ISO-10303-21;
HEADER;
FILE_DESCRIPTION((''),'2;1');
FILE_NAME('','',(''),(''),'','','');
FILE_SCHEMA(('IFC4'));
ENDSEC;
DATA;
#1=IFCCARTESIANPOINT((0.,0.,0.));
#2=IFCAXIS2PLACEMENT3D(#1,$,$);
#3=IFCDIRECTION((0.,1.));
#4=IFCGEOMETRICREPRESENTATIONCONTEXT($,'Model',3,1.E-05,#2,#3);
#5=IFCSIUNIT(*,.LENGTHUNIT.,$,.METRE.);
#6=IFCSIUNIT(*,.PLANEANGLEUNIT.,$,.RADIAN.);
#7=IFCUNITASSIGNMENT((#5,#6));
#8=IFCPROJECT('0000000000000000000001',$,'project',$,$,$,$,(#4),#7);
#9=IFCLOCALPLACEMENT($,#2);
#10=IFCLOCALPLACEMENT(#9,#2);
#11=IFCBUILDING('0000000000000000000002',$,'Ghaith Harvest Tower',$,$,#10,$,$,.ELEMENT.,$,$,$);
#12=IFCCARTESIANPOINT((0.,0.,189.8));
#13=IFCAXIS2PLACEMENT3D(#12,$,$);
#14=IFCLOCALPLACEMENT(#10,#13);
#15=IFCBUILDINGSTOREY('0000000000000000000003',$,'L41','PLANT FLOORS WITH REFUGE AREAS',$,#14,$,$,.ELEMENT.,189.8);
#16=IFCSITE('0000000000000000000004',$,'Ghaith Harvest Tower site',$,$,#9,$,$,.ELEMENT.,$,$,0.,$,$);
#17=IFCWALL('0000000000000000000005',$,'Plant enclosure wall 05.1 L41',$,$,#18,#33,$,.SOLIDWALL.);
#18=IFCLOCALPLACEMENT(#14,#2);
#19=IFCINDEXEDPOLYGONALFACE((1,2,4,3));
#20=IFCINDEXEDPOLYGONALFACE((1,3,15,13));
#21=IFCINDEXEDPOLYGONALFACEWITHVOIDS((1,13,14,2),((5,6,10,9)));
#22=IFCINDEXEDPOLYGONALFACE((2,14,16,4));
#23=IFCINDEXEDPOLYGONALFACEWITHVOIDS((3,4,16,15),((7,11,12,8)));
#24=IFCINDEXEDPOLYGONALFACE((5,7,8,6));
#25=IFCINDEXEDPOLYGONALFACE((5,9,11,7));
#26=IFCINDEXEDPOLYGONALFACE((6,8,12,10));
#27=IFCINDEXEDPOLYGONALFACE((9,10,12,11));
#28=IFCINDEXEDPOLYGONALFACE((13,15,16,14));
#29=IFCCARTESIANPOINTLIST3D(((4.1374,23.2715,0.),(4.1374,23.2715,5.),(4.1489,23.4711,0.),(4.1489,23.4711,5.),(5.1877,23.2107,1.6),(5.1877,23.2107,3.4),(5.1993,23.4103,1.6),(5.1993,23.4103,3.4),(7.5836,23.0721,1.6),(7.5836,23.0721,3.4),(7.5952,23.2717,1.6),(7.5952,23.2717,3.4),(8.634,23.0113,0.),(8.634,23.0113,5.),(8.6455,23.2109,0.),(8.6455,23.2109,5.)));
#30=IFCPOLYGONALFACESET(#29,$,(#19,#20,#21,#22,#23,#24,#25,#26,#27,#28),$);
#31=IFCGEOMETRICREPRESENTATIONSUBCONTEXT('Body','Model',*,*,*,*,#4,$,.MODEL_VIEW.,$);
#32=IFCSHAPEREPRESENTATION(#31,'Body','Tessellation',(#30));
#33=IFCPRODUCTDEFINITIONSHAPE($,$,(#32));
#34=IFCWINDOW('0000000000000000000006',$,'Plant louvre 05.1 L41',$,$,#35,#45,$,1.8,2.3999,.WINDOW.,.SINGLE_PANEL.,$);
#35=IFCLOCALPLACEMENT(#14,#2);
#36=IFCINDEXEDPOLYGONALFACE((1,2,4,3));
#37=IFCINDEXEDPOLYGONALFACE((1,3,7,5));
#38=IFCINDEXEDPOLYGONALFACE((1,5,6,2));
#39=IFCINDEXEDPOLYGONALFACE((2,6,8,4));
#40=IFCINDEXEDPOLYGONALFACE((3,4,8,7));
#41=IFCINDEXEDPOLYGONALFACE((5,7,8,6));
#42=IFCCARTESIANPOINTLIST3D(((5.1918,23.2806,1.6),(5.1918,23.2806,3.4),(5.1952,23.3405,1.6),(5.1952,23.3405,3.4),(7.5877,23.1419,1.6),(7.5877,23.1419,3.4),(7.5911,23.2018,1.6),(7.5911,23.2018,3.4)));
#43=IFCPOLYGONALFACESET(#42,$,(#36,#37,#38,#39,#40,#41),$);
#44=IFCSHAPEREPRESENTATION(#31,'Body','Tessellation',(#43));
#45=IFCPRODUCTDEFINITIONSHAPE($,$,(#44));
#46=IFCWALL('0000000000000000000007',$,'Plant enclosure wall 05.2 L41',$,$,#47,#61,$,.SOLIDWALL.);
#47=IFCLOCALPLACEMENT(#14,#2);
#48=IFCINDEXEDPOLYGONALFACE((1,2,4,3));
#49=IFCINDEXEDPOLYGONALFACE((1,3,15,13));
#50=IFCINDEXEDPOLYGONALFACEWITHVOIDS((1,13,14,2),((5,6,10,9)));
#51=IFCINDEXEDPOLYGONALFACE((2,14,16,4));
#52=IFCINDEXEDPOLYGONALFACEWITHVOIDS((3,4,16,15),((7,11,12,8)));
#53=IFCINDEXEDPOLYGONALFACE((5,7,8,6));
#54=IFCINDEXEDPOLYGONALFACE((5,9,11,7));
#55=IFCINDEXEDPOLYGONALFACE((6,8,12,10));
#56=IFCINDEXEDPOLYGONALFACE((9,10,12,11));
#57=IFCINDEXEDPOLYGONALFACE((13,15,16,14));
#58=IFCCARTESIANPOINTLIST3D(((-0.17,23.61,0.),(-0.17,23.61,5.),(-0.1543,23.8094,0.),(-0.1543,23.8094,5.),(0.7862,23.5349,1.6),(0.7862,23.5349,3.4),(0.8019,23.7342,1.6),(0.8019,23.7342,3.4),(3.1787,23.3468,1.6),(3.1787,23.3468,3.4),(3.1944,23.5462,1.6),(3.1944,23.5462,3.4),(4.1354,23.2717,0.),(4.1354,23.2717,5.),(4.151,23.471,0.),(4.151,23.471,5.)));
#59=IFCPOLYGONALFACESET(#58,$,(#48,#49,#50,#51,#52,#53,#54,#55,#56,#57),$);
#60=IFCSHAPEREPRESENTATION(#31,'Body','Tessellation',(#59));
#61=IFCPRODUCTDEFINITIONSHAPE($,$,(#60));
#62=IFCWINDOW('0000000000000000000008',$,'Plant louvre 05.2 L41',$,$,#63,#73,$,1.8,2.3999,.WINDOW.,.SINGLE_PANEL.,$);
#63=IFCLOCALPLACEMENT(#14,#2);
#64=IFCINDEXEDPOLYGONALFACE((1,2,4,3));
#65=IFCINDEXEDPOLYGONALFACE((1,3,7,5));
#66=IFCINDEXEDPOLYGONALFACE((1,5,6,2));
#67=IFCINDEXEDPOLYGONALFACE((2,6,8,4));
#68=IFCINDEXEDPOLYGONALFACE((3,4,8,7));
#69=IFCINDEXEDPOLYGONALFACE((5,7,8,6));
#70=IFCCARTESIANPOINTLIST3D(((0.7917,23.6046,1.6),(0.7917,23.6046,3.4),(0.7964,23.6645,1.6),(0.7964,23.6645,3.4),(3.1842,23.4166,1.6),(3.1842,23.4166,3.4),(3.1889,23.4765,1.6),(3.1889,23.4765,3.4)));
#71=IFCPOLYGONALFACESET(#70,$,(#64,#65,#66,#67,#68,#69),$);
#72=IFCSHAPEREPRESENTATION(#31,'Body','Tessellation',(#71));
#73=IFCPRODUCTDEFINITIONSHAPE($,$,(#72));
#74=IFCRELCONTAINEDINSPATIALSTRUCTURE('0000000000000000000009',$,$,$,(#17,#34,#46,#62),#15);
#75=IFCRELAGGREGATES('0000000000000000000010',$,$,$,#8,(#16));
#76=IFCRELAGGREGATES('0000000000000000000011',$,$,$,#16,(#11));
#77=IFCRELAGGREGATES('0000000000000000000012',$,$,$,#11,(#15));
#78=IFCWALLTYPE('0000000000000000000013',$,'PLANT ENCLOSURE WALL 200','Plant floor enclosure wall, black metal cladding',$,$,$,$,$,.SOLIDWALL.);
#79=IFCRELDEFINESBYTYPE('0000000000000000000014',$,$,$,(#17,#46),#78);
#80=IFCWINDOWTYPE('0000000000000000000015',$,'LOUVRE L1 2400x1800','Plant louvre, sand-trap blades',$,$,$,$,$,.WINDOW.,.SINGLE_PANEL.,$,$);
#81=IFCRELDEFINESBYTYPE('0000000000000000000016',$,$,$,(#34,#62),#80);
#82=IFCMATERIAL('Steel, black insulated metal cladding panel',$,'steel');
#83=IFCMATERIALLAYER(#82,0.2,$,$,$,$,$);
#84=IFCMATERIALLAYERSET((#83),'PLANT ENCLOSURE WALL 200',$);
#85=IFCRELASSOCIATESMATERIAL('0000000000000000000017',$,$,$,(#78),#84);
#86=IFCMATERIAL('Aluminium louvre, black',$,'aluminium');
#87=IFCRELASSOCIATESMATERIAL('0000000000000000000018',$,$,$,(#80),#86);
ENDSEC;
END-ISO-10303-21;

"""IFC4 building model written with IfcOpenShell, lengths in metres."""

from ifc_helpers import new_model, si_unit, direction, frame, frame_2d, origin, place, context, subcontext, project, spatial, rectangle, extrude, material, layer, layer_set, type_object, element, fill, save


model = new_model("IFC4")

# Units and contexts
model_context = context("Model", 3, precision=1e-05, world=origin(), true_north=direction((0.0, 1.0)))
body_context = subcontext(model_context, "Body", "Model", "MODEL_VIEW")
ifc_project = project(units=[si_unit("LENGTHUNIT", "METRE"), si_unit("PLANEANGLEUNIT", "RADIAN")], contexts=[model_context])

# Site, building, storey
site_placement = place(None, origin())
site = spatial("IfcSite", under=ifc_project, at=site_placement, Name="Ghaith Harvest Tower site", CompositionType="ELEMENT", RefElevation=0.0)
building_placement = place(site_placement, origin())
building = spatial("IfcBuilding", under=site, at=building_placement, Name="Ghaith Harvest Tower", CompositionType="ELEMENT")
storey_placement = place(building_placement, frame((0.0, 0.0, 189.8)))
storey = spatial("IfcBuildingStorey", under=building, at=storey_placement, Name="L41", Description="PLANT FLOORS WITH REFUGE AREAS", CompositionType="ELEMENT", Elevation=189.8)

# Walls, openings, windows
ifc_material_1 = material(Name="Steel, black insulated metal cladding panel", Category="steel")
ifc_layer_1 = layer(ifc_material_1, 0.2)
ifc_layer_set_1 = layer_set([ifc_layer_1], Name="PLANT ENCLOSURE WALL 200")
wall_type_1 = type_object("IfcWallType", Name="PLANT ENCLOSURE WALL 200", Description="Plant floor enclosure wall, black metal cladding", PredefinedType="SOLIDWALL", material=ifc_layer_set_1)
ifc_material_2 = material(Name="Aluminium louvre, black", Category="aluminium")
window_type = type_object("IfcWindowType", Name="LOUVRE L1 2400x1800", Description="Plant louvre, sand-trap blades", PartitioningType="SINGLE_PANEL", PredefinedType="WINDOW", material=ifc_material_2)
wall_1_placement = place(storey_placement, frame((8.6396, 23.1111, 0.0), z_axis=(0.0, 0.0, 1.0), x_axis=(-0.998329, 0.057781, 0.0)))
wall_1 = element("IfcWall", 1, at=wall_1_placement, inside=storey, type_object=wall_type_1, Name="Plant enclosure wall 05.1 L41", PredefinedType="SOLIDWALL", context=body_context, shape_type="SweptSolid", body=[
    extrude(rectangle(XDim=4.5042, YDim=0.2, at=frame_2d((2.252, 0.0))), origin(), (0.0, 0.0, 1.0), 5.0),
])
opening_1_placement = place(wall_1_placement, frame((1.052, 0.0, 1.6001)))
opening_1 = element("IfcOpeningElement", 2, at=opening_1_placement, cuts=wall_1, PredefinedType="OPENING", context=body_context, shape_type="SweptSolid", body=[
    extrude(rectangle(XDim=2.3999, YDim=1.8, at=frame_2d((1.2, 0.8999))), frame((0.0, 0.1099, 0.0), z_axis=(0.0, -1.0, 0.0), x_axis=(1.0, 0.0, 0.0)), (0.0, 0.0, 1.0), 0.22),
])
window_1_placement = place(opening_1_placement, origin())
window_1 = element("IfcWindow", 3, at=window_1_placement, inside=storey, type_object=window_type, Name="Plant louvre 05.1 L41", OverallHeight=1.8, OverallWidth=2.3999, PartitioningType="SINGLE_PANEL", PredefinedType="WINDOW", context=body_context, shape_type="SweptSolid", body=[
    extrude(rectangle(XDim=2.3999, YDim=1.8, at=frame_2d((1.2, 0.8999))), frame((0.0, 0.03, 0.0), z_axis=(0.0, -1.0, 0.0), x_axis=(1.0, 0.0, 0.0)), (0.0, 0.0, 1.0), 0.0601),
])
fill(opening_1, window_1)
wall_2_placement = place(storey_placement, frame((4.1431, 23.3713, 0.0), z_axis=(0.0, 0.0, 1.0), x_axis=(-0.996926, 0.078352, 0.0)))
wall_2 = element("IfcWall", 4, at=wall_2_placement, inside=storey, type_object=wall_type_1, Name="Plant enclosure wall 05.2 L41", PredefinedType="SOLIDWALL", context=body_context, shape_type="SweptSolid", body=[
    extrude(rectangle(XDim=4.3186, YDim=0.2, at=frame_2d((2.1592, 0.0))), origin(), (0.0, 0.0, 1.0), 5.0),
])
opening_2_placement = place(wall_2_placement, frame((0.9595, 0.0, 1.6001)))
opening_2 = element("IfcOpeningElement", 5, at=opening_2_placement, cuts=wall_2, PredefinedType="OPENING", context=body_context, shape_type="SweptSolid", body=[
    extrude(rectangle(XDim=2.3999, YDim=1.8, at=frame_2d((1.2, 0.8999))), frame((0.0, 0.1099, 0.0), z_axis=(0.0, -1.0, 0.0), x_axis=(1.0, 0.0, 0.0)), (0.0, 0.0, 1.0), 0.22),
])
window_2_placement = place(opening_2_placement, origin())
window_2 = element("IfcWindow", 6, at=window_2_placement, inside=storey, type_object=window_type, Name="Plant louvre 05.2 L41", OverallHeight=1.8, OverallWidth=2.3999, PartitioningType="SINGLE_PANEL", PredefinedType="WINDOW", context=body_context, shape_type="SweptSolid", body=[
    extrude(rectangle(XDim=2.3999, YDim=1.8, at=frame_2d((1.2, 0.8999))), frame((0.0, 0.03, 0.0), z_axis=(0.0, -1.0, 0.0), x_axis=(1.0, 0.0, 0.0)), (0.0, 0.0, 1.0), 0.0601),
])
fill(opening_2, window_2)

save(model, "model.ifc")
